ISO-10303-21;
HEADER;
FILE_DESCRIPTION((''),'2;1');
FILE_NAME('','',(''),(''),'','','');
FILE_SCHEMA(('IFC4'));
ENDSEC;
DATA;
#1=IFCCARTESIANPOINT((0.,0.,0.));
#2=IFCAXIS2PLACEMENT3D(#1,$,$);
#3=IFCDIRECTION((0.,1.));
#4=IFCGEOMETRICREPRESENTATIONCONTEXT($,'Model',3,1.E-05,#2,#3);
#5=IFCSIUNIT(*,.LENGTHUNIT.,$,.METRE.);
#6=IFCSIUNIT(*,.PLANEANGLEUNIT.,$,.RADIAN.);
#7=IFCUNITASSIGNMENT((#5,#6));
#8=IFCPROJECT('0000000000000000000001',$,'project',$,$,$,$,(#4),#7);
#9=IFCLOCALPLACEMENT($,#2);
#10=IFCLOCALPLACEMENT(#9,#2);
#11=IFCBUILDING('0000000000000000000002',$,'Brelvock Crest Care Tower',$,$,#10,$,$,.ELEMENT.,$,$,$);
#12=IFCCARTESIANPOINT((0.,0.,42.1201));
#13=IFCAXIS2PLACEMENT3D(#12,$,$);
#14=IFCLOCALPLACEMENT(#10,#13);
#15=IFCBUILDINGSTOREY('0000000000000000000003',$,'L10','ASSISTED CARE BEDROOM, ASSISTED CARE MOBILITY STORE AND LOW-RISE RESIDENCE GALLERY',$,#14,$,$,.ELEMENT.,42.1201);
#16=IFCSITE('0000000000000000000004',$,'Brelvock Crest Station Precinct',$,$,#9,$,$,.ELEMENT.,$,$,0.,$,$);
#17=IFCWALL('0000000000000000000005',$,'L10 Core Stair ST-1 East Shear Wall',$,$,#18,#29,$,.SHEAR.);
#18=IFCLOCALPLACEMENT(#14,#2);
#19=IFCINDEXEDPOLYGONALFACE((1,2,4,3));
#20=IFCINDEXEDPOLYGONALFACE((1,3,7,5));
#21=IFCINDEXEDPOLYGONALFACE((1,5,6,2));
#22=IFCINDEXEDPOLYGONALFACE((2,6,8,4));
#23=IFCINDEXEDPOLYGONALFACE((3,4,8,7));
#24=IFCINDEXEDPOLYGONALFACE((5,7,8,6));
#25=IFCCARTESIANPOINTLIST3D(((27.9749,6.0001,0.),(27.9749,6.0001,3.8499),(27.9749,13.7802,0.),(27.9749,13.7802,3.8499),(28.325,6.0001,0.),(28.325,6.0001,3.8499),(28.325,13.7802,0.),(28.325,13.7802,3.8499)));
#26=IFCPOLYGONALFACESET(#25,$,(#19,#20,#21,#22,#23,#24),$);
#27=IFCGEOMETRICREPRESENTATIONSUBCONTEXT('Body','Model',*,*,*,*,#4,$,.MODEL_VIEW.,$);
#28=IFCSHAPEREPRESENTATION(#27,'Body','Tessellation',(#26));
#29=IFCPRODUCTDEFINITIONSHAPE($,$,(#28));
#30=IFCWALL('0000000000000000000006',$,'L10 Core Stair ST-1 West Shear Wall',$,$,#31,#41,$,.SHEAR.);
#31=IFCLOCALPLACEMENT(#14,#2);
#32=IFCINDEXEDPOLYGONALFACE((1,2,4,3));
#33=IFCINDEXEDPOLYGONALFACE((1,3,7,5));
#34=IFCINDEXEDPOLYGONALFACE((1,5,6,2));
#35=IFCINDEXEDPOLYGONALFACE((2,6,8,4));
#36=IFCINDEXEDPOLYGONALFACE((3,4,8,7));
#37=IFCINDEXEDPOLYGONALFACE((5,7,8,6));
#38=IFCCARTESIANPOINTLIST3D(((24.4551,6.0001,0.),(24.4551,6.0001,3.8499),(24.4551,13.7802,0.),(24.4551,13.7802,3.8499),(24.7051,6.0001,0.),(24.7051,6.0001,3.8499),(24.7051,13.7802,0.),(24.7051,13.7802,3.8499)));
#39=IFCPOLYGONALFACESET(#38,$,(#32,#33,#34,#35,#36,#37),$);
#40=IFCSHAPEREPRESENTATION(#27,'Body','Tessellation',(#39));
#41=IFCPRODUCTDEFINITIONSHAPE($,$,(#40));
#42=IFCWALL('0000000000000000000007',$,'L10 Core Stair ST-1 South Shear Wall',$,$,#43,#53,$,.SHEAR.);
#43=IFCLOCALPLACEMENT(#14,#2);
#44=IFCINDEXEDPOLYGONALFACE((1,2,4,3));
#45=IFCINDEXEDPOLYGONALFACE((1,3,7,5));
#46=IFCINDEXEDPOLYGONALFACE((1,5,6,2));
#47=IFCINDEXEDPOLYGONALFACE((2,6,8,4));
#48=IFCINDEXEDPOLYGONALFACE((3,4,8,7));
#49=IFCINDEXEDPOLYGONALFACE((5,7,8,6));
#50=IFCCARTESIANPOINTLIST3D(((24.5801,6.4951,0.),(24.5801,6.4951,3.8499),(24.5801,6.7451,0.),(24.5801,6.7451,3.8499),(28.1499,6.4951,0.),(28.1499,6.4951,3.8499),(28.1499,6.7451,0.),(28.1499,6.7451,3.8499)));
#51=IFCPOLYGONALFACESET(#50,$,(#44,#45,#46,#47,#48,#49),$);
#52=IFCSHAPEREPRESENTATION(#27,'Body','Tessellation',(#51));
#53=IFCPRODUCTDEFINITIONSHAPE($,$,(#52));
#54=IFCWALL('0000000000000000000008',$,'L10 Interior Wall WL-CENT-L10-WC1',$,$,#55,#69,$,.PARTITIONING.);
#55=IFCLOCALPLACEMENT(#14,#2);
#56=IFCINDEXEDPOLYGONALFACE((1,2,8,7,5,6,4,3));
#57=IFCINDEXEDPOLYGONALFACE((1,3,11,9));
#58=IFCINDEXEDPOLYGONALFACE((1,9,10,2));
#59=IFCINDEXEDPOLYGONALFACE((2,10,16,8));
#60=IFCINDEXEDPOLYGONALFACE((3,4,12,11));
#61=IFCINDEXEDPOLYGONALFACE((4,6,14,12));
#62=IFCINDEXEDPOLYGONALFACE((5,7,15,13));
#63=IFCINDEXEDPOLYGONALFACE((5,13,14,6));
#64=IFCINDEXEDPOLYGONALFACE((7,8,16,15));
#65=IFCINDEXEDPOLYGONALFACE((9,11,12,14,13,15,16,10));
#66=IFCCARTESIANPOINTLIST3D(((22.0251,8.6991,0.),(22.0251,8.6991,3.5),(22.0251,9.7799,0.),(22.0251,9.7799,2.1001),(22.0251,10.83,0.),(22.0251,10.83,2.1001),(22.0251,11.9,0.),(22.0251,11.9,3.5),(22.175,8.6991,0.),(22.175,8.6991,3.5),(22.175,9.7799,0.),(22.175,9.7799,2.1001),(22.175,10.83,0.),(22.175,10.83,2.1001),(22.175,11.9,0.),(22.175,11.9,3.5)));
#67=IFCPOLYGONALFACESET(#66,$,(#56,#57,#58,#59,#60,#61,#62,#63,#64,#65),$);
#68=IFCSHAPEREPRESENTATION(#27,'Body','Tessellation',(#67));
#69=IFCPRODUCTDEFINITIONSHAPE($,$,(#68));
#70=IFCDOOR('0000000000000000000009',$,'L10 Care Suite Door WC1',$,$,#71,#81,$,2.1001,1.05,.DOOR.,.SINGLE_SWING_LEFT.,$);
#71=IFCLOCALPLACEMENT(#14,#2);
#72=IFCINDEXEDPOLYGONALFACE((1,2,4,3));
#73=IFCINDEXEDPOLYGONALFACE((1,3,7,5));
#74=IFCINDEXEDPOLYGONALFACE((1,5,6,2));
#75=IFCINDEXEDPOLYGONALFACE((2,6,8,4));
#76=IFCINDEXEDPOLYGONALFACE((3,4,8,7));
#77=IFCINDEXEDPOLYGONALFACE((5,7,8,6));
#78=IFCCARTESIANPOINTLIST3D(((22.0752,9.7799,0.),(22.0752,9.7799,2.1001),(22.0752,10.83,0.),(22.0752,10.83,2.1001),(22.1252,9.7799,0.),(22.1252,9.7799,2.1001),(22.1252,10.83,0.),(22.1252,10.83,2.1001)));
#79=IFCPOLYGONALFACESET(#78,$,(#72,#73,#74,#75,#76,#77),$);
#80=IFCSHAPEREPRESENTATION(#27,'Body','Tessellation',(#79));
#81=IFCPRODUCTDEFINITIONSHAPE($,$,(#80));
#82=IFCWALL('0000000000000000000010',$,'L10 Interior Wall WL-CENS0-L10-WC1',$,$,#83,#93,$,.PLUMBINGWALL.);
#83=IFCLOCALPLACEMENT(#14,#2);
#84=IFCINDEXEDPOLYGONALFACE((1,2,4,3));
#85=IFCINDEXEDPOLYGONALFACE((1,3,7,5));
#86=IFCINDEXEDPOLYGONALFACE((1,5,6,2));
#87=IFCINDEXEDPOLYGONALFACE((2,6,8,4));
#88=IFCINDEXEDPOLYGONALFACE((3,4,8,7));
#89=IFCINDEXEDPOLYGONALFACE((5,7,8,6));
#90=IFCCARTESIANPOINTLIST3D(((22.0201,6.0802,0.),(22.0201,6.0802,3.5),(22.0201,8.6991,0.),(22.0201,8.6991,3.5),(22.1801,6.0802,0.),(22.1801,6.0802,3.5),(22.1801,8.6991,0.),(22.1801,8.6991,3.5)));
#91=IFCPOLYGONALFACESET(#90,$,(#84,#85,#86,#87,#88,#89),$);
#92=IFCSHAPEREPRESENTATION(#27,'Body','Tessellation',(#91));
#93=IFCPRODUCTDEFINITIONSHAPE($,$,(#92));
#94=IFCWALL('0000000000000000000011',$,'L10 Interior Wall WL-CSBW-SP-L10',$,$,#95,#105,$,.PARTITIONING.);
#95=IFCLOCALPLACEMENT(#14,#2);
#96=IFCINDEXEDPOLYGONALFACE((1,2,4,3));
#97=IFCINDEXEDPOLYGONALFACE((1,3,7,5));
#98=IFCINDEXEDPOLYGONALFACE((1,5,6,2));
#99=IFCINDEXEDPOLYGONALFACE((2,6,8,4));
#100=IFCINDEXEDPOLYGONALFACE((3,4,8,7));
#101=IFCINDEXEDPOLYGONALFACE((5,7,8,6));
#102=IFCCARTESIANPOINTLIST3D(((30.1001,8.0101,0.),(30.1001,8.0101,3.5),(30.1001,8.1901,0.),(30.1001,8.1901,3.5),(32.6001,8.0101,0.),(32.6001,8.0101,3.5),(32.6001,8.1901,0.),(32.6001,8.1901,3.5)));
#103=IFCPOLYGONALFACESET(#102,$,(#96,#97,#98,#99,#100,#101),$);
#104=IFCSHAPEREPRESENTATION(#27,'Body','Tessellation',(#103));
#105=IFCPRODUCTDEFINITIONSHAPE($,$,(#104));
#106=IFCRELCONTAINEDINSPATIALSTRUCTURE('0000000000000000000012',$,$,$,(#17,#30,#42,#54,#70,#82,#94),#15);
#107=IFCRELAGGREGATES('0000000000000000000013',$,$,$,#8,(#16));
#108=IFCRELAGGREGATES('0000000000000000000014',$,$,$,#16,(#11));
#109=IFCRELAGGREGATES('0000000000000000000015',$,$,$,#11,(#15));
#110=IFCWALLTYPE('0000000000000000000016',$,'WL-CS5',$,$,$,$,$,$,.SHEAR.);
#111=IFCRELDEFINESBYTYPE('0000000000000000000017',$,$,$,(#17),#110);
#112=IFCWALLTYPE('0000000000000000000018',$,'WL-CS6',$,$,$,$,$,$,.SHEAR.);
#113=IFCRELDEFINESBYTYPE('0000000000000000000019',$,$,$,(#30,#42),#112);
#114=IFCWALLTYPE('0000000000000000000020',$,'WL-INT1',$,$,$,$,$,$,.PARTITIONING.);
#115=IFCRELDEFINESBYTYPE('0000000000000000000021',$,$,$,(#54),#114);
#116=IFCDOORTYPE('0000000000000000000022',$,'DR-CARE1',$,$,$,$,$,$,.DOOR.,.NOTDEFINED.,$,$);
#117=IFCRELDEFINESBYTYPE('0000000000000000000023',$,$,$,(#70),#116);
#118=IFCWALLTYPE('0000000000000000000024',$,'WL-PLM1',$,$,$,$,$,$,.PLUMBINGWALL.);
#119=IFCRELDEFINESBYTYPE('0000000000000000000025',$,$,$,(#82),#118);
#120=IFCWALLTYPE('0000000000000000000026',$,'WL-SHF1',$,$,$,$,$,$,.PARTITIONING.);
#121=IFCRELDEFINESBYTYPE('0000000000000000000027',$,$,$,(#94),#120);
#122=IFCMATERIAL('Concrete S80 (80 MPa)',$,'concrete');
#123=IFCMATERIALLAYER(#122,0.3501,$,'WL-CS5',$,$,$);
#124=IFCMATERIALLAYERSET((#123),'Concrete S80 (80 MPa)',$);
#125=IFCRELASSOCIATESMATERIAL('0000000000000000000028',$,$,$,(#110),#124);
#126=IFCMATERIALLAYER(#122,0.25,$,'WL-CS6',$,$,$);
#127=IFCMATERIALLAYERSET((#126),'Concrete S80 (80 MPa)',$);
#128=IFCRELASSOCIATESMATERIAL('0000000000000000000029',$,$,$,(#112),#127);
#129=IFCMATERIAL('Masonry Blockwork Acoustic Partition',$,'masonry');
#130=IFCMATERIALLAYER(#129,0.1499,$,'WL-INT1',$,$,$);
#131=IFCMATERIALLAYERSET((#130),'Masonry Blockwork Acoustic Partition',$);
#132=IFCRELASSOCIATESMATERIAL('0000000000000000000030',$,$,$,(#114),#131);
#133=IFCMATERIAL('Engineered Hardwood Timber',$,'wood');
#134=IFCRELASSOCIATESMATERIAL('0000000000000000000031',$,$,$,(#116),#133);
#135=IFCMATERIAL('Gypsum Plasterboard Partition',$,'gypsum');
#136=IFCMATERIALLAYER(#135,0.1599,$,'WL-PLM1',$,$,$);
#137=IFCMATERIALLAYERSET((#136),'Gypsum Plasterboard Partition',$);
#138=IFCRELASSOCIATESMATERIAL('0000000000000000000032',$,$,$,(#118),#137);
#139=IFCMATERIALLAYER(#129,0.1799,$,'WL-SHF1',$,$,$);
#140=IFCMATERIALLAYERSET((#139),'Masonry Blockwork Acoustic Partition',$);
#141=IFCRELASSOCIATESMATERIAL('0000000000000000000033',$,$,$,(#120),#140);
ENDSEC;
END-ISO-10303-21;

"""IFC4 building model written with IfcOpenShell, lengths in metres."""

from ifc_helpers import new_model, si_unit, direction, frame, frame_2d, origin, origin_2d, place, context, subcontext, project, spatial, rectangle, extrude, source, transform, mapped, material, layer, layer_set, type_object, element, fill, save


model = new_model("IFC4")

# Units and contexts
model_context = context("Model", 3, precision=1e-05, world=origin(), true_north=direction((0.0, 1.0)))
body_context = subcontext(model_context, "Body", "Model", "MODEL_VIEW")
ifc_project = project(units=[si_unit("LENGTHUNIT", "METRE"), si_unit("PLANEANGLEUNIT", "RADIAN")], contexts=[model_context])

# Site, building, storey
site_placement = place(None, origin())
site = spatial("IfcSite", under=ifc_project, at=site_placement, Name="Brelvock Crest Station Precinct", CompositionType="ELEMENT", RefElevation=0.0)
building_placement = place(site_placement, origin())
building = spatial("IfcBuilding", under=site, at=building_placement, Name="Brelvock Crest Care Tower", CompositionType="ELEMENT")
storey_placement = place(building_placement, frame((0.0, 0.0, 42.1201)))
storey = spatial("IfcBuildingStorey", under=building, at=storey_placement, Name="L10", Description="ASSISTED CARE BEDROOM, ASSISTED CARE MOBILITY STORE AND LOW-RISE RESIDENCE GALLERY", CompositionType="ELEMENT", Elevation=42.1201)

# Shared definitions
ifc_material_1 = material(Name="Concrete S80 (80 MPa)", Category="concrete")

# Walls
ifc_layer_1 = layer(ifc_material_1, 0.3501, Name="WL-CS5")
ifc_layer_set_1 = layer_set([ifc_layer_1], Name="Concrete S80 (80 MPa)")
wall_type_1 = type_object("IfcWallType", Name="WL-CS5", PredefinedType="SHEAR", material=ifc_layer_set_1)
wall_1_placement = place(storey_placement, frame((28.1499, 6.0, 0.0), z_axis=(0.0, 0.0, 1.0), x_axis=(0.0, 1.0, 0.0)))
element("IfcWall", 1, at=wall_1_placement, inside=storey, type_object=wall_type_1, Name="L10 Core Stair ST-1 East Shear Wall", PredefinedType="SHEAR", context=body_context, shape_type="SweptSolid", body=[
    extrude(rectangle(XDim=7.78, YDim=0.3501, at=frame_2d((3.8901, 0.0))), origin(), (0.0, 0.0, 1.0), 3.8499),
])
ifc_layer_2 = layer(ifc_material_1, 0.25, Name="WL-CS6")
ifc_layer_set_2 = layer_set([ifc_layer_2], Name="Concrete S80 (80 MPa)")
wall_type_2 = type_object("IfcWallType", Name="WL-CS6", PredefinedType="SHEAR", material=ifc_layer_set_2)
wall_2_placement = place(storey_placement, frame((24.5801, 6.0, 0.0), z_axis=(0.0, 0.0, 1.0), x_axis=(0.0, 1.0, 0.0)))
element("IfcWall", 2, at=wall_2_placement, inside=storey, type_object=wall_type_2, Name="L10 Core Stair ST-1 West Shear Wall", PredefinedType="SHEAR", context=body_context, shape_type="SweptSolid", body=[
    extrude(rectangle(XDim=7.78, YDim=0.25, at=frame_2d((3.8901, 0.0))), origin(), (0.0, 0.0, 1.0), 3.8499),
])
wall_3_placement = place(storey_placement, frame((24.5801, 6.6201, 0.0), z_axis=(0.0, 0.0, 1.0), x_axis=(1.0, 0.0, 0.0)))
element("IfcWall", 3, at=wall_3_placement, inside=storey, type_object=wall_type_2, Name="L10 Core Stair ST-1 South Shear Wall", PredefinedType="SHEAR", context=body_context, shape_type="SweptSolid", body=[
    extrude(rectangle(XDim=3.5698, YDim=0.25, at=frame_2d((1.7849, 0.0))), origin(), (0.0, 0.0, 1.0), 3.8499),
])

# Wall, opening, door
ifc_material_2 = material(Name="Masonry Blockwork Acoustic Partition", Category="masonry")
ifc_layer_3 = layer(ifc_material_2, 0.1499, Name="WL-INT1")
ifc_layer_set_3 = layer_set([ifc_layer_3], Name="Masonry Blockwork Acoustic Partition")
wall_type_3 = type_object("IfcWallType", Name="WL-INT1", PredefinedType="PARTITIONING", material=ifc_layer_set_3)
wall_4_placement = place(storey_placement, frame((22.1001, 8.699, 0.0), z_axis=(0.0, 0.0, 1.0), x_axis=(0.0, 1.0, 0.0)))
wall_4 = element("IfcWall", 4, at=wall_4_placement, inside=storey, type_object=wall_type_3, Name="L10 Interior Wall WL-CENT-L10-WC1", PredefinedType="PARTITIONING", context=body_context, shape_type="SweptSolid", body=[
    extrude(rectangle(XDim=3.2009, YDim=0.1499, at=frame_2d((1.6006, 0.0))), origin(), (0.0, 0.0, 1.0), 3.5),
])
opening_placement = place(wall_4_placement, frame((1.0811, 0.0, 0.0)))
opening = element("IfcOpeningElement", 5, at=opening_placement, cuts=wall_4, PredefinedType="OPENING", context=body_context, shape_type="SweptSolid", body=[
    extrude(rectangle(XDim=1.05, YDim=2.1001, at=origin_2d()), frame((0.5249, 0.085, 1.05), z_axis=(0.0, -1.0, 0.0), x_axis=(1.0, 0.0, 0.0)), (0.0, 0.0, 1.0), 0.1699),
])
ifc_material_3 = material(Name="Engineered Hardwood Timber", Category="wood")
door_type = type_object("IfcDoorType", Name="DR-CARE1", OperationType="NOTDEFINED", PredefinedType="DOOR", material=ifc_material_3)
shared_shape_1 = source(origin(), body_context, "Body", "SweptSolid", [
    extrude(rectangle(XDim=1.05, YDim=2.1001, at=origin_2d()), frame((0.5249, 0.0249, 1.05), z_axis=(0.0, -1.0, 0.0), x_axis=(1.0, 0.0, 0.0)), (0.0, 0.0, 1.0), 0.05),
])
door_placement = place(opening_placement, origin())
door = element("IfcDoor", 6, at=door_placement, inside=storey, type_object=door_type, Name="L10 Care Suite Door WC1", OperationType="SINGLE_SWING_LEFT", OverallHeight=2.1001, OverallWidth=1.05, PredefinedType="DOOR", context=body_context, shape_type="MappedRepresentation", body=[
    mapped(shared_shape_1, transform((0.0, 0.0, 0.0), x_axis=(1.0, 0.0, 0.0), y_axis=(0.0, 1.0, 0.0), z_axis=(0.0, 0.0, 1.0), scale=1.0)),
])
fill(opening, door)

# Walls
ifc_material_4 = material(Name="Gypsum Plasterboard Partition", Category="gypsum")
ifc_layer_4 = layer(ifc_material_4, 0.1599, Name="WL-PLM1")
ifc_layer_set_4 = layer_set([ifc_layer_4], Name="Gypsum Plasterboard Partition")
wall_type_4 = type_object("IfcWallType", Name="WL-PLM1", PredefinedType="PLUMBINGWALL", material=ifc_layer_set_4)
wall_5_placement = place(storey_placement, frame((22.1001, 6.0801, 0.0), z_axis=(0.0, 0.0, 1.0), x_axis=(0.0, 1.0, 0.0)))
element("IfcWall", 7, at=wall_5_placement, inside=storey, type_object=wall_type_4, Name="L10 Interior Wall WL-CENS0-L10-WC1", PredefinedType="PLUMBINGWALL", context=body_context, shape_type="SweptSolid", body=[
    extrude(rectangle(XDim=2.6189, YDim=0.1599, at=frame_2d((1.3096, 0.0))), origin(), (0.0, 0.0, 1.0), 3.5),
])
ifc_layer_5 = layer(ifc_material_2, 0.1799, Name="WL-SHF1")
ifc_layer_set_5 = layer_set([ifc_layer_5], Name="Masonry Blockwork Acoustic Partition")
wall_type_5 = type_object("IfcWallType", Name="WL-SHF1", PredefinedType="PARTITIONING", material=ifc_layer_set_5)
wall_6_placement = place(storey_placement, frame((30.1001, 8.1001, 0.0), z_axis=(0.0, 0.0, 1.0), x_axis=(1.0, 0.0, 0.0)))
element("IfcWall", 8, at=wall_6_placement, inside=storey, type_object=wall_type_5, Name="L10 Interior Wall WL-CSBW-SP-L10", PredefinedType="PARTITIONING", context=body_context, shape_type="SweptSolid", body=[
    extrude(rectangle(XDim=2.5, YDim=0.1799, at=frame_2d((1.25, 0.0))), origin(), (0.0, 0.0, 1.0), 3.5),
])

save(model, "model.ifc")
